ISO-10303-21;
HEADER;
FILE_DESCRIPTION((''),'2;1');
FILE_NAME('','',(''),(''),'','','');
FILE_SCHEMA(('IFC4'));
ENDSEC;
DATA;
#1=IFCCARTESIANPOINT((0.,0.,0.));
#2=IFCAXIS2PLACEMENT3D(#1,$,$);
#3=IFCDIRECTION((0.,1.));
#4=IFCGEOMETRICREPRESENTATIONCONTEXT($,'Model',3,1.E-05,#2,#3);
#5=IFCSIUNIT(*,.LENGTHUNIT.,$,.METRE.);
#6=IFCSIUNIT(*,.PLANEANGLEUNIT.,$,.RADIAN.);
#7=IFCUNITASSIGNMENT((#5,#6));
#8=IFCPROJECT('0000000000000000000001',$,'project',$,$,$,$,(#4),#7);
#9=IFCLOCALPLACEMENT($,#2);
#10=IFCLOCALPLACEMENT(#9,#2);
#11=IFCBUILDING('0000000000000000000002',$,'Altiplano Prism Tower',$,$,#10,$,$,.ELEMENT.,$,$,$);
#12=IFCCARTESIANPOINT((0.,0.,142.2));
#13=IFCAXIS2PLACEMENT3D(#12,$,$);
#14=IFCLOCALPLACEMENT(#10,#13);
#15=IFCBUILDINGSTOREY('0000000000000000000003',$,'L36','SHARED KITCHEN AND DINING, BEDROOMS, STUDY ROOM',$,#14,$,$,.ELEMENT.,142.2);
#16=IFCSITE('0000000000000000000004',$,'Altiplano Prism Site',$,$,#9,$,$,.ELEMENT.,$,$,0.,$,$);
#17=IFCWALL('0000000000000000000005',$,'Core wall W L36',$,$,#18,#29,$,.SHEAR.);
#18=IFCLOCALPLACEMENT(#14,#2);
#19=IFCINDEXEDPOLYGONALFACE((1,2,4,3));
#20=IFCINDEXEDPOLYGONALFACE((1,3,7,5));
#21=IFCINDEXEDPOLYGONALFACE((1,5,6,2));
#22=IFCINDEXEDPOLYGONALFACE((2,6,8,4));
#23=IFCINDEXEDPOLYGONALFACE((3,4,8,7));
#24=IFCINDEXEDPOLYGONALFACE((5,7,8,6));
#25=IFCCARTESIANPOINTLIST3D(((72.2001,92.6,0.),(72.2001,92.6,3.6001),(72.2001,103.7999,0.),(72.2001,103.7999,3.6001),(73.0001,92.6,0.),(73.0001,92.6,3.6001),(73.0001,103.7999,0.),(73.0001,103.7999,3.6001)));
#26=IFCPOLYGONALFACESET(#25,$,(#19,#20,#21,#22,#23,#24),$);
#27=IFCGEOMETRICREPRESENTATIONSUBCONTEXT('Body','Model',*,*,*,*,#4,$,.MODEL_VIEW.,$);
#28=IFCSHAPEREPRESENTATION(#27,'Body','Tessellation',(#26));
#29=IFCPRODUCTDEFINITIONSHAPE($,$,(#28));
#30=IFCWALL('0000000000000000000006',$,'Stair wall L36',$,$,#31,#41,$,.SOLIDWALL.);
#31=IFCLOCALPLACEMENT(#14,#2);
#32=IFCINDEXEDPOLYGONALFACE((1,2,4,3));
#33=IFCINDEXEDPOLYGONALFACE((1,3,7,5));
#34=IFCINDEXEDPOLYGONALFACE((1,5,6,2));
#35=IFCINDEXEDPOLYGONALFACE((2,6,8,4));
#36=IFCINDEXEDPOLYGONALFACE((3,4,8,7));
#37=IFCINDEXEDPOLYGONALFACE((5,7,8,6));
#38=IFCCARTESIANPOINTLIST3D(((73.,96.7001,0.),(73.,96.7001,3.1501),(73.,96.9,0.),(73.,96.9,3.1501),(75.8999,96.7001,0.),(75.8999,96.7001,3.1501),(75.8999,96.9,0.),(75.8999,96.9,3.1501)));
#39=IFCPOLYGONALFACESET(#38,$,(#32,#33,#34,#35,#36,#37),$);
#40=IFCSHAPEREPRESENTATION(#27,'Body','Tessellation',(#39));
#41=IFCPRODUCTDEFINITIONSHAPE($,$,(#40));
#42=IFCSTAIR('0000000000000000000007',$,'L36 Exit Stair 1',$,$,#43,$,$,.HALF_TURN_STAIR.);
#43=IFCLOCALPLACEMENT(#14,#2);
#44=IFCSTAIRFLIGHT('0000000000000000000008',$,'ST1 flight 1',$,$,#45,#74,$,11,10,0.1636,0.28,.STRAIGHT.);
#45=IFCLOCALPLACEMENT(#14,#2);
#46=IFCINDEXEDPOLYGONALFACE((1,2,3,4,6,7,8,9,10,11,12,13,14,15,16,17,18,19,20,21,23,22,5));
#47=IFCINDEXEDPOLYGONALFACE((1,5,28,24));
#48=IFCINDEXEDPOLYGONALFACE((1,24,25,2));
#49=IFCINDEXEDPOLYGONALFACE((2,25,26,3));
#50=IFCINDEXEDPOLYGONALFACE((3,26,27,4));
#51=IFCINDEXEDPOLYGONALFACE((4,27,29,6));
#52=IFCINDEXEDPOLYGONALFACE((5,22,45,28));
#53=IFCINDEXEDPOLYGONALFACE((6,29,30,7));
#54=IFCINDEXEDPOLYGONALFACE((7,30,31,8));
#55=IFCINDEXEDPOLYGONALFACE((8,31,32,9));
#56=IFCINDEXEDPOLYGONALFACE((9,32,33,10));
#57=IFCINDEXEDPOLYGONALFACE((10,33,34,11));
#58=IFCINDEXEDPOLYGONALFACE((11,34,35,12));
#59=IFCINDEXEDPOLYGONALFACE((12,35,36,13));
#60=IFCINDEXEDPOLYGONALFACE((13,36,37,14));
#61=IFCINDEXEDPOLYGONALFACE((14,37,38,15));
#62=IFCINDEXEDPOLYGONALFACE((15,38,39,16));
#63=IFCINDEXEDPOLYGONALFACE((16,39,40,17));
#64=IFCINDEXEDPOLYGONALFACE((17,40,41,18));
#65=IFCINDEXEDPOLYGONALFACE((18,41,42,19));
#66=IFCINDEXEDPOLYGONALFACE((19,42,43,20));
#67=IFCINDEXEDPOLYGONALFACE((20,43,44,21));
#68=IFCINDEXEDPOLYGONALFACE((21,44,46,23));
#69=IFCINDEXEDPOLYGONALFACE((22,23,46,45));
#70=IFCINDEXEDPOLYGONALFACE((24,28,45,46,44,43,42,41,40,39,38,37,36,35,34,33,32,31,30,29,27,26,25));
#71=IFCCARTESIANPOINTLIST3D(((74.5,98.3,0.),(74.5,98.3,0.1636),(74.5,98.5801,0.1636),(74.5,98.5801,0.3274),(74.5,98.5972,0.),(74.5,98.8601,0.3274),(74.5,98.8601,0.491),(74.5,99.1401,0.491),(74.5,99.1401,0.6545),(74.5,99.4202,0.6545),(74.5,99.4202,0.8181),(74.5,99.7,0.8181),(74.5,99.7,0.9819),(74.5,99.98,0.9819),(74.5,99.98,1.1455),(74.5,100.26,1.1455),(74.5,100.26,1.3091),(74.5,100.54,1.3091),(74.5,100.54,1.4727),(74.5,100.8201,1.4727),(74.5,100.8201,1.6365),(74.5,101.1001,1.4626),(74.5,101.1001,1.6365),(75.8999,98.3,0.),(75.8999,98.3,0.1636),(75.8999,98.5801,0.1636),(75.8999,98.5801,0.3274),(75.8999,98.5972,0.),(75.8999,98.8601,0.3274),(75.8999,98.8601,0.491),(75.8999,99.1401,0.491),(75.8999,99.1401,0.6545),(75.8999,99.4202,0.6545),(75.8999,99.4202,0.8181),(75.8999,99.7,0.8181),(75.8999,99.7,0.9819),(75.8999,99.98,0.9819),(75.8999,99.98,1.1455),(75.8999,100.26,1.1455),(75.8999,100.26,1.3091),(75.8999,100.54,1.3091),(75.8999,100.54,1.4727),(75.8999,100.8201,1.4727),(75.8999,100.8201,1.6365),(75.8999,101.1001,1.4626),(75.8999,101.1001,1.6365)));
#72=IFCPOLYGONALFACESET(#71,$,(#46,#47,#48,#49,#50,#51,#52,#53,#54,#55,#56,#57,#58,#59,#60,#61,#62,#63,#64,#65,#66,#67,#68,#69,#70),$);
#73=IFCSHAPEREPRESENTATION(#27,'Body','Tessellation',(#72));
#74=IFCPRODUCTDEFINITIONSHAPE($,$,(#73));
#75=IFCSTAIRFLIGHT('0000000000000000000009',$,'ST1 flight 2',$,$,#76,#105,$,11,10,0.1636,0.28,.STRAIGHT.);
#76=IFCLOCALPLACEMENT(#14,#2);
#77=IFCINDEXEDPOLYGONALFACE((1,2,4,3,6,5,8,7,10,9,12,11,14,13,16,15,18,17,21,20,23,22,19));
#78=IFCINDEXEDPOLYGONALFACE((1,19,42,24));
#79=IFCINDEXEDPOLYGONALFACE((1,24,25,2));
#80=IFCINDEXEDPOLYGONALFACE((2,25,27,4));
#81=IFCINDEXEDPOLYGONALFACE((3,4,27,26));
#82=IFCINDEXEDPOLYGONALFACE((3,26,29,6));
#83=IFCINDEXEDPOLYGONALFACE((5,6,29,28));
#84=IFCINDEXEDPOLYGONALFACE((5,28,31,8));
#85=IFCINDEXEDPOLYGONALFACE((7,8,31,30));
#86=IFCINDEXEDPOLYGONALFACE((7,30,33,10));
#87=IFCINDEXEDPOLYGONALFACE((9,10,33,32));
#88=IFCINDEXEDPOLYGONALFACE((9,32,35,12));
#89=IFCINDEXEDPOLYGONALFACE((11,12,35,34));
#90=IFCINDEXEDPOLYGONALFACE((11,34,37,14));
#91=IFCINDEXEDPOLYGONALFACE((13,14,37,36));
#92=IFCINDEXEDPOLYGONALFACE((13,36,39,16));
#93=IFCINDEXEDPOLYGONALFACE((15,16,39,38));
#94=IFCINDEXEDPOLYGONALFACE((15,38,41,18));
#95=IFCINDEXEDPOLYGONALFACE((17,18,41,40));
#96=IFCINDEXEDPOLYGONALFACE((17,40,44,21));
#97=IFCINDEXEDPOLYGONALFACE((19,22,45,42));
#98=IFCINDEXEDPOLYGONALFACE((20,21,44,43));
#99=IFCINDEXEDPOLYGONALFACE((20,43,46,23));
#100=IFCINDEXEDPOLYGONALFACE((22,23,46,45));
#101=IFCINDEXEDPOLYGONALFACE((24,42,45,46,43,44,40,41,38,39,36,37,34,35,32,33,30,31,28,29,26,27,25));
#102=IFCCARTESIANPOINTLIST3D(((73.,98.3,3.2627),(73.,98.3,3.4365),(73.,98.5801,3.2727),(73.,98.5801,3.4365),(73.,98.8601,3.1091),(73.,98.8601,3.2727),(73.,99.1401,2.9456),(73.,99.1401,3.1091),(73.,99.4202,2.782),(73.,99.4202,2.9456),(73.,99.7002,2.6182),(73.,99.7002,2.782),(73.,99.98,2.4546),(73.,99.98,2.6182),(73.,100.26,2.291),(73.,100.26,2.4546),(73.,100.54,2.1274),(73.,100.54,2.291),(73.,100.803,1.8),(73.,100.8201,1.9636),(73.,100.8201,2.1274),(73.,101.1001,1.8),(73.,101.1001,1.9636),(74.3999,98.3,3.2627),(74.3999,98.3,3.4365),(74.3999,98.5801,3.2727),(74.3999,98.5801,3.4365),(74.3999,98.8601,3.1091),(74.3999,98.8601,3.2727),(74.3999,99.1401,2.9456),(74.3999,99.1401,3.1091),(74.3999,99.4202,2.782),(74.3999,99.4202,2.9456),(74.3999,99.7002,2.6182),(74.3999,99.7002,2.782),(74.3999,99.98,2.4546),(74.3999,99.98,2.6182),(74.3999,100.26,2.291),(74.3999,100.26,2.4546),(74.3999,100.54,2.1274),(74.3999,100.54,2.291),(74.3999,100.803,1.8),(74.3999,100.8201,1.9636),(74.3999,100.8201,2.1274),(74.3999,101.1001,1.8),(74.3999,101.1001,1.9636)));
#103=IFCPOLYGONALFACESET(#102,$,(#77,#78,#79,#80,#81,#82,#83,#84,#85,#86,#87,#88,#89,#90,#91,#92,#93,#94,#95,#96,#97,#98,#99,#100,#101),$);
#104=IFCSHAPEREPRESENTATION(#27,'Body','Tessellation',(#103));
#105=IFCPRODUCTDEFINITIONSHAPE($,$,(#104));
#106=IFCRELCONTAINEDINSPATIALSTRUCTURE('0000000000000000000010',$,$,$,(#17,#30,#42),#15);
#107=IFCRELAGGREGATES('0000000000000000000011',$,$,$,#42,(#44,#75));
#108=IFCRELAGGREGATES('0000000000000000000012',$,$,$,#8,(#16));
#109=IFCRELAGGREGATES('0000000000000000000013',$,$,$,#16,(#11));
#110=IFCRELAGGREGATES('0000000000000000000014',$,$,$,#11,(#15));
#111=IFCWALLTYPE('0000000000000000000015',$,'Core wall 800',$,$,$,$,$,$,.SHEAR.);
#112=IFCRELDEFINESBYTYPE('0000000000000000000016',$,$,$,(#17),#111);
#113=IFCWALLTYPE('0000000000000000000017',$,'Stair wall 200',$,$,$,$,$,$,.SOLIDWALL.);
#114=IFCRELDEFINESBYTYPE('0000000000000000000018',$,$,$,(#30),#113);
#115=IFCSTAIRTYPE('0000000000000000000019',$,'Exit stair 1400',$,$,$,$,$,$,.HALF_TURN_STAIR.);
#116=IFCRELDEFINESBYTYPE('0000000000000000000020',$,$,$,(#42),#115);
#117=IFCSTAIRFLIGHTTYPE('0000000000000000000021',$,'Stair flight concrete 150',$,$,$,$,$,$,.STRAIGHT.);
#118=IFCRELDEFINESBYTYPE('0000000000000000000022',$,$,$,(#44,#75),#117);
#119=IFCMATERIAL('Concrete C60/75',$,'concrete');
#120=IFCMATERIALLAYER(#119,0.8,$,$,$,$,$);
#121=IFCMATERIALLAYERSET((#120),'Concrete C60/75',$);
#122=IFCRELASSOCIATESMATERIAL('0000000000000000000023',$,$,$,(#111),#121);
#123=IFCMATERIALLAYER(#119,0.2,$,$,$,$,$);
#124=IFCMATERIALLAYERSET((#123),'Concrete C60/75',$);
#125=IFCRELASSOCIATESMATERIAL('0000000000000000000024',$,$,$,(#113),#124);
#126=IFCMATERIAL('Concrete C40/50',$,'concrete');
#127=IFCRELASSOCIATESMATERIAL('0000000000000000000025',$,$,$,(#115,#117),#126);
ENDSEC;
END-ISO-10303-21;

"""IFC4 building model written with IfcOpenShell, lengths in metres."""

from ifc_helpers import new_model, si_unit, direction, frame, frame_2d, origin, place, context, subcontext, project, spatial, polyline, rectangle, outline, extrude, material, layer, layer_set, type_object, element, aggregate, save


model = new_model("IFC4")

# Units and contexts
model_context = context("Model", 3, precision=1e-05, world=origin(), true_north=direction((0.0, 1.0)))
body_context = subcontext(model_context, "Body", "Model", "MODEL_VIEW")
ifc_project = project(units=[si_unit("LENGTHUNIT", "METRE"), si_unit("PLANEANGLEUNIT", "RADIAN")], contexts=[model_context])

# Site, building, storey
site_placement = place(None, origin())
site = spatial("IfcSite", under=ifc_project, at=site_placement, Name="Altiplano Prism Site", CompositionType="ELEMENT", RefElevation=0.0)
building_placement = place(site_placement, origin())
building = spatial("IfcBuilding", under=site, at=building_placement, Name="Altiplano Prism Tower", CompositionType="ELEMENT")
storey_placement = place(building_placement, frame((0.0, 0.0, 142.2)))
storey = spatial("IfcBuildingStorey", under=building, at=storey_placement, Name="L36", Description="SHARED KITCHEN AND DINING, BEDROOMS, STUDY ROOM", CompositionType="ELEMENT", Elevation=142.2)

# Walls
ifc_material_1 = material(Name="Concrete C60/75", Category="concrete")
ifc_layer_1 = layer(ifc_material_1, 0.8)
ifc_layer_set_1 = layer_set([ifc_layer_1], Name="Concrete C60/75")
wall_type_1 = type_object("IfcWallType", Name="Core wall 800", PredefinedType="SHEAR", material=ifc_layer_set_1)
wall_1_placement = place(storey_placement, frame((72.6001, 103.8, 0.0), z_axis=(0.0, 0.0, 1.0), x_axis=(0.0, -1.0, 0.0)))
element("IfcWall", 1, at=wall_1_placement, inside=storey, type_object=wall_type_1, Name="Core wall W L36", PredefinedType="SHEAR", context=body_context, shape_type="SweptSolid", body=[
    extrude(rectangle(XDim=11.2, YDim=0.8, at=frame_2d((5.6001, 0.0))), origin(), (0.0, 0.0, 1.0), 3.6001),
])
ifc_layer_2 = layer(ifc_material_1, 0.2)
ifc_layer_set_2 = layer_set([ifc_layer_2], Name="Concrete C60/75")
wall_type_2 = type_object("IfcWallType", Name="Stair wall 200", PredefinedType="SOLIDWALL", material=ifc_layer_set_2)
wall_2_placement = place(storey_placement, frame((73.0, 96.8, 0.0), z_axis=(0.0, 0.0, 1.0), x_axis=(1.0, 0.0, 0.0)))
element("IfcWall", 2, at=wall_2_placement, inside=storey, type_object=wall_type_2, Name="Stair wall L36", PredefinedType="SOLIDWALL", context=body_context, shape_type="SweptSolid", body=[
    extrude(rectangle(XDim=2.8999, YDim=0.2, at=frame_2d((1.45, 0.0))), origin(), (0.0, 0.0, 1.0), 3.1501),
])

# Stair, stair flights
ifc_material_2 = material(Name="Concrete C40/50", Category="concrete")
stair_type = type_object("IfcStairType", Name="Exit stair 1400", PredefinedType="HALF_TURN_STAIR", material=ifc_material_2)
stair_placement = place(storey_placement, origin())
stair = element("IfcStair", 3, at=stair_placement, inside=storey, type_object=stair_type, Name="L36 Exit Stair 1", PredefinedType="HALF_TURN_STAIR")
stair_flight_type = type_object("IfcStairFlightType", Name="Stair flight concrete 150", PredefinedType="STRAIGHT", material=ifc_material_2)
stair_flight_1_placement = place(storey_placement, frame((75.2, 98.3, 0.0), z_axis=(0.0, 0.0, 1.0), x_axis=(0.0, 1.0, 0.0)))
stair_flight_1 = element("IfcStairFlight", 4, at=stair_flight_1_placement, type_object=stair_flight_type, Name="ST1 flight 1", NumberOfRisers=11, NumberOfTreads=10, PredefinedType="STRAIGHT", RiserHeight=0.1636, TreadLength=0.28, context=body_context, shape_type="SweptSolid", body=[
    extrude(outline(polyline([(0.0, 0.0), (0.0, 0.1636), (0.28, 0.1636), (0.28, 0.3274), (0.5601, 0.3274), (0.5601, 0.491), (0.8401, 0.491), (0.8401, 0.6545), (1.1201, 0.6545), (1.1201, 0.8181), (1.3999, 0.8181), (1.3999, 0.9819), (1.6799, 0.9819), (1.6799, 1.1455), (1.96, 1.1455), (1.96, 1.3091), (2.24, 1.3091), (2.24, 1.4727), (2.52, 1.4727), (2.52, 1.6365), (2.8, 1.6365), (2.8, 1.8), (2.8, 1.4626), (0.2971, 0.0), (0.0, 0.0)])), frame((0.0, 0.7, 0.0), z_axis=(0.0, -1.0, 0.0), x_axis=(1.0, 0.0, 0.0)), (0.0, 0.0, 1.0), 1.3999),
])
stair_flight_2_placement = place(storey_placement, frame((73.7, 101.1001, 1.8), z_axis=(0.0, 0.0, 1.0), x_axis=(0.0, -1.0, 0.0)))
stair_flight_2 = element("IfcStairFlight", 5, at=stair_flight_2_placement, type_object=stair_flight_type, Name="ST1 flight 2", NumberOfRisers=11, NumberOfTreads=10, PredefinedType="STRAIGHT", RiserHeight=0.1636, TreadLength=0.28, context=body_context, shape_type="SweptSolid", body=[
    extrude(outline(polyline([(0.0, 0.0), (0.0, 0.1636), (0.28, 0.1636), (0.28, 0.3274), (0.5601, 0.3274), (0.5601, 0.491), (0.8401, 0.491), (0.8401, 0.6545), (1.1201, 0.6545), (1.1201, 0.8181), (1.3999, 0.8181), (1.3999, 0.9819), (1.6799, 0.9819), (1.6799, 1.1455), (1.96, 1.1455), (1.96, 1.3091), (2.24, 1.3091), (2.24, 1.4727), (2.52, 1.4727), (2.52, 1.6365), (2.8, 1.6365), (2.8, 1.8), (2.8, 1.4626), (0.2971, 0.0), (0.0, 0.0)])), frame((0.0, 0.7, 0.0), z_axis=(0.0, -1.0, 0.0), x_axis=(1.0, 0.0, 0.0)), (0.0, 0.0, 1.0), 1.3999),
])
aggregate(stair, [stair_flight_1, stair_flight_2])

save(model, "model.ifc")
